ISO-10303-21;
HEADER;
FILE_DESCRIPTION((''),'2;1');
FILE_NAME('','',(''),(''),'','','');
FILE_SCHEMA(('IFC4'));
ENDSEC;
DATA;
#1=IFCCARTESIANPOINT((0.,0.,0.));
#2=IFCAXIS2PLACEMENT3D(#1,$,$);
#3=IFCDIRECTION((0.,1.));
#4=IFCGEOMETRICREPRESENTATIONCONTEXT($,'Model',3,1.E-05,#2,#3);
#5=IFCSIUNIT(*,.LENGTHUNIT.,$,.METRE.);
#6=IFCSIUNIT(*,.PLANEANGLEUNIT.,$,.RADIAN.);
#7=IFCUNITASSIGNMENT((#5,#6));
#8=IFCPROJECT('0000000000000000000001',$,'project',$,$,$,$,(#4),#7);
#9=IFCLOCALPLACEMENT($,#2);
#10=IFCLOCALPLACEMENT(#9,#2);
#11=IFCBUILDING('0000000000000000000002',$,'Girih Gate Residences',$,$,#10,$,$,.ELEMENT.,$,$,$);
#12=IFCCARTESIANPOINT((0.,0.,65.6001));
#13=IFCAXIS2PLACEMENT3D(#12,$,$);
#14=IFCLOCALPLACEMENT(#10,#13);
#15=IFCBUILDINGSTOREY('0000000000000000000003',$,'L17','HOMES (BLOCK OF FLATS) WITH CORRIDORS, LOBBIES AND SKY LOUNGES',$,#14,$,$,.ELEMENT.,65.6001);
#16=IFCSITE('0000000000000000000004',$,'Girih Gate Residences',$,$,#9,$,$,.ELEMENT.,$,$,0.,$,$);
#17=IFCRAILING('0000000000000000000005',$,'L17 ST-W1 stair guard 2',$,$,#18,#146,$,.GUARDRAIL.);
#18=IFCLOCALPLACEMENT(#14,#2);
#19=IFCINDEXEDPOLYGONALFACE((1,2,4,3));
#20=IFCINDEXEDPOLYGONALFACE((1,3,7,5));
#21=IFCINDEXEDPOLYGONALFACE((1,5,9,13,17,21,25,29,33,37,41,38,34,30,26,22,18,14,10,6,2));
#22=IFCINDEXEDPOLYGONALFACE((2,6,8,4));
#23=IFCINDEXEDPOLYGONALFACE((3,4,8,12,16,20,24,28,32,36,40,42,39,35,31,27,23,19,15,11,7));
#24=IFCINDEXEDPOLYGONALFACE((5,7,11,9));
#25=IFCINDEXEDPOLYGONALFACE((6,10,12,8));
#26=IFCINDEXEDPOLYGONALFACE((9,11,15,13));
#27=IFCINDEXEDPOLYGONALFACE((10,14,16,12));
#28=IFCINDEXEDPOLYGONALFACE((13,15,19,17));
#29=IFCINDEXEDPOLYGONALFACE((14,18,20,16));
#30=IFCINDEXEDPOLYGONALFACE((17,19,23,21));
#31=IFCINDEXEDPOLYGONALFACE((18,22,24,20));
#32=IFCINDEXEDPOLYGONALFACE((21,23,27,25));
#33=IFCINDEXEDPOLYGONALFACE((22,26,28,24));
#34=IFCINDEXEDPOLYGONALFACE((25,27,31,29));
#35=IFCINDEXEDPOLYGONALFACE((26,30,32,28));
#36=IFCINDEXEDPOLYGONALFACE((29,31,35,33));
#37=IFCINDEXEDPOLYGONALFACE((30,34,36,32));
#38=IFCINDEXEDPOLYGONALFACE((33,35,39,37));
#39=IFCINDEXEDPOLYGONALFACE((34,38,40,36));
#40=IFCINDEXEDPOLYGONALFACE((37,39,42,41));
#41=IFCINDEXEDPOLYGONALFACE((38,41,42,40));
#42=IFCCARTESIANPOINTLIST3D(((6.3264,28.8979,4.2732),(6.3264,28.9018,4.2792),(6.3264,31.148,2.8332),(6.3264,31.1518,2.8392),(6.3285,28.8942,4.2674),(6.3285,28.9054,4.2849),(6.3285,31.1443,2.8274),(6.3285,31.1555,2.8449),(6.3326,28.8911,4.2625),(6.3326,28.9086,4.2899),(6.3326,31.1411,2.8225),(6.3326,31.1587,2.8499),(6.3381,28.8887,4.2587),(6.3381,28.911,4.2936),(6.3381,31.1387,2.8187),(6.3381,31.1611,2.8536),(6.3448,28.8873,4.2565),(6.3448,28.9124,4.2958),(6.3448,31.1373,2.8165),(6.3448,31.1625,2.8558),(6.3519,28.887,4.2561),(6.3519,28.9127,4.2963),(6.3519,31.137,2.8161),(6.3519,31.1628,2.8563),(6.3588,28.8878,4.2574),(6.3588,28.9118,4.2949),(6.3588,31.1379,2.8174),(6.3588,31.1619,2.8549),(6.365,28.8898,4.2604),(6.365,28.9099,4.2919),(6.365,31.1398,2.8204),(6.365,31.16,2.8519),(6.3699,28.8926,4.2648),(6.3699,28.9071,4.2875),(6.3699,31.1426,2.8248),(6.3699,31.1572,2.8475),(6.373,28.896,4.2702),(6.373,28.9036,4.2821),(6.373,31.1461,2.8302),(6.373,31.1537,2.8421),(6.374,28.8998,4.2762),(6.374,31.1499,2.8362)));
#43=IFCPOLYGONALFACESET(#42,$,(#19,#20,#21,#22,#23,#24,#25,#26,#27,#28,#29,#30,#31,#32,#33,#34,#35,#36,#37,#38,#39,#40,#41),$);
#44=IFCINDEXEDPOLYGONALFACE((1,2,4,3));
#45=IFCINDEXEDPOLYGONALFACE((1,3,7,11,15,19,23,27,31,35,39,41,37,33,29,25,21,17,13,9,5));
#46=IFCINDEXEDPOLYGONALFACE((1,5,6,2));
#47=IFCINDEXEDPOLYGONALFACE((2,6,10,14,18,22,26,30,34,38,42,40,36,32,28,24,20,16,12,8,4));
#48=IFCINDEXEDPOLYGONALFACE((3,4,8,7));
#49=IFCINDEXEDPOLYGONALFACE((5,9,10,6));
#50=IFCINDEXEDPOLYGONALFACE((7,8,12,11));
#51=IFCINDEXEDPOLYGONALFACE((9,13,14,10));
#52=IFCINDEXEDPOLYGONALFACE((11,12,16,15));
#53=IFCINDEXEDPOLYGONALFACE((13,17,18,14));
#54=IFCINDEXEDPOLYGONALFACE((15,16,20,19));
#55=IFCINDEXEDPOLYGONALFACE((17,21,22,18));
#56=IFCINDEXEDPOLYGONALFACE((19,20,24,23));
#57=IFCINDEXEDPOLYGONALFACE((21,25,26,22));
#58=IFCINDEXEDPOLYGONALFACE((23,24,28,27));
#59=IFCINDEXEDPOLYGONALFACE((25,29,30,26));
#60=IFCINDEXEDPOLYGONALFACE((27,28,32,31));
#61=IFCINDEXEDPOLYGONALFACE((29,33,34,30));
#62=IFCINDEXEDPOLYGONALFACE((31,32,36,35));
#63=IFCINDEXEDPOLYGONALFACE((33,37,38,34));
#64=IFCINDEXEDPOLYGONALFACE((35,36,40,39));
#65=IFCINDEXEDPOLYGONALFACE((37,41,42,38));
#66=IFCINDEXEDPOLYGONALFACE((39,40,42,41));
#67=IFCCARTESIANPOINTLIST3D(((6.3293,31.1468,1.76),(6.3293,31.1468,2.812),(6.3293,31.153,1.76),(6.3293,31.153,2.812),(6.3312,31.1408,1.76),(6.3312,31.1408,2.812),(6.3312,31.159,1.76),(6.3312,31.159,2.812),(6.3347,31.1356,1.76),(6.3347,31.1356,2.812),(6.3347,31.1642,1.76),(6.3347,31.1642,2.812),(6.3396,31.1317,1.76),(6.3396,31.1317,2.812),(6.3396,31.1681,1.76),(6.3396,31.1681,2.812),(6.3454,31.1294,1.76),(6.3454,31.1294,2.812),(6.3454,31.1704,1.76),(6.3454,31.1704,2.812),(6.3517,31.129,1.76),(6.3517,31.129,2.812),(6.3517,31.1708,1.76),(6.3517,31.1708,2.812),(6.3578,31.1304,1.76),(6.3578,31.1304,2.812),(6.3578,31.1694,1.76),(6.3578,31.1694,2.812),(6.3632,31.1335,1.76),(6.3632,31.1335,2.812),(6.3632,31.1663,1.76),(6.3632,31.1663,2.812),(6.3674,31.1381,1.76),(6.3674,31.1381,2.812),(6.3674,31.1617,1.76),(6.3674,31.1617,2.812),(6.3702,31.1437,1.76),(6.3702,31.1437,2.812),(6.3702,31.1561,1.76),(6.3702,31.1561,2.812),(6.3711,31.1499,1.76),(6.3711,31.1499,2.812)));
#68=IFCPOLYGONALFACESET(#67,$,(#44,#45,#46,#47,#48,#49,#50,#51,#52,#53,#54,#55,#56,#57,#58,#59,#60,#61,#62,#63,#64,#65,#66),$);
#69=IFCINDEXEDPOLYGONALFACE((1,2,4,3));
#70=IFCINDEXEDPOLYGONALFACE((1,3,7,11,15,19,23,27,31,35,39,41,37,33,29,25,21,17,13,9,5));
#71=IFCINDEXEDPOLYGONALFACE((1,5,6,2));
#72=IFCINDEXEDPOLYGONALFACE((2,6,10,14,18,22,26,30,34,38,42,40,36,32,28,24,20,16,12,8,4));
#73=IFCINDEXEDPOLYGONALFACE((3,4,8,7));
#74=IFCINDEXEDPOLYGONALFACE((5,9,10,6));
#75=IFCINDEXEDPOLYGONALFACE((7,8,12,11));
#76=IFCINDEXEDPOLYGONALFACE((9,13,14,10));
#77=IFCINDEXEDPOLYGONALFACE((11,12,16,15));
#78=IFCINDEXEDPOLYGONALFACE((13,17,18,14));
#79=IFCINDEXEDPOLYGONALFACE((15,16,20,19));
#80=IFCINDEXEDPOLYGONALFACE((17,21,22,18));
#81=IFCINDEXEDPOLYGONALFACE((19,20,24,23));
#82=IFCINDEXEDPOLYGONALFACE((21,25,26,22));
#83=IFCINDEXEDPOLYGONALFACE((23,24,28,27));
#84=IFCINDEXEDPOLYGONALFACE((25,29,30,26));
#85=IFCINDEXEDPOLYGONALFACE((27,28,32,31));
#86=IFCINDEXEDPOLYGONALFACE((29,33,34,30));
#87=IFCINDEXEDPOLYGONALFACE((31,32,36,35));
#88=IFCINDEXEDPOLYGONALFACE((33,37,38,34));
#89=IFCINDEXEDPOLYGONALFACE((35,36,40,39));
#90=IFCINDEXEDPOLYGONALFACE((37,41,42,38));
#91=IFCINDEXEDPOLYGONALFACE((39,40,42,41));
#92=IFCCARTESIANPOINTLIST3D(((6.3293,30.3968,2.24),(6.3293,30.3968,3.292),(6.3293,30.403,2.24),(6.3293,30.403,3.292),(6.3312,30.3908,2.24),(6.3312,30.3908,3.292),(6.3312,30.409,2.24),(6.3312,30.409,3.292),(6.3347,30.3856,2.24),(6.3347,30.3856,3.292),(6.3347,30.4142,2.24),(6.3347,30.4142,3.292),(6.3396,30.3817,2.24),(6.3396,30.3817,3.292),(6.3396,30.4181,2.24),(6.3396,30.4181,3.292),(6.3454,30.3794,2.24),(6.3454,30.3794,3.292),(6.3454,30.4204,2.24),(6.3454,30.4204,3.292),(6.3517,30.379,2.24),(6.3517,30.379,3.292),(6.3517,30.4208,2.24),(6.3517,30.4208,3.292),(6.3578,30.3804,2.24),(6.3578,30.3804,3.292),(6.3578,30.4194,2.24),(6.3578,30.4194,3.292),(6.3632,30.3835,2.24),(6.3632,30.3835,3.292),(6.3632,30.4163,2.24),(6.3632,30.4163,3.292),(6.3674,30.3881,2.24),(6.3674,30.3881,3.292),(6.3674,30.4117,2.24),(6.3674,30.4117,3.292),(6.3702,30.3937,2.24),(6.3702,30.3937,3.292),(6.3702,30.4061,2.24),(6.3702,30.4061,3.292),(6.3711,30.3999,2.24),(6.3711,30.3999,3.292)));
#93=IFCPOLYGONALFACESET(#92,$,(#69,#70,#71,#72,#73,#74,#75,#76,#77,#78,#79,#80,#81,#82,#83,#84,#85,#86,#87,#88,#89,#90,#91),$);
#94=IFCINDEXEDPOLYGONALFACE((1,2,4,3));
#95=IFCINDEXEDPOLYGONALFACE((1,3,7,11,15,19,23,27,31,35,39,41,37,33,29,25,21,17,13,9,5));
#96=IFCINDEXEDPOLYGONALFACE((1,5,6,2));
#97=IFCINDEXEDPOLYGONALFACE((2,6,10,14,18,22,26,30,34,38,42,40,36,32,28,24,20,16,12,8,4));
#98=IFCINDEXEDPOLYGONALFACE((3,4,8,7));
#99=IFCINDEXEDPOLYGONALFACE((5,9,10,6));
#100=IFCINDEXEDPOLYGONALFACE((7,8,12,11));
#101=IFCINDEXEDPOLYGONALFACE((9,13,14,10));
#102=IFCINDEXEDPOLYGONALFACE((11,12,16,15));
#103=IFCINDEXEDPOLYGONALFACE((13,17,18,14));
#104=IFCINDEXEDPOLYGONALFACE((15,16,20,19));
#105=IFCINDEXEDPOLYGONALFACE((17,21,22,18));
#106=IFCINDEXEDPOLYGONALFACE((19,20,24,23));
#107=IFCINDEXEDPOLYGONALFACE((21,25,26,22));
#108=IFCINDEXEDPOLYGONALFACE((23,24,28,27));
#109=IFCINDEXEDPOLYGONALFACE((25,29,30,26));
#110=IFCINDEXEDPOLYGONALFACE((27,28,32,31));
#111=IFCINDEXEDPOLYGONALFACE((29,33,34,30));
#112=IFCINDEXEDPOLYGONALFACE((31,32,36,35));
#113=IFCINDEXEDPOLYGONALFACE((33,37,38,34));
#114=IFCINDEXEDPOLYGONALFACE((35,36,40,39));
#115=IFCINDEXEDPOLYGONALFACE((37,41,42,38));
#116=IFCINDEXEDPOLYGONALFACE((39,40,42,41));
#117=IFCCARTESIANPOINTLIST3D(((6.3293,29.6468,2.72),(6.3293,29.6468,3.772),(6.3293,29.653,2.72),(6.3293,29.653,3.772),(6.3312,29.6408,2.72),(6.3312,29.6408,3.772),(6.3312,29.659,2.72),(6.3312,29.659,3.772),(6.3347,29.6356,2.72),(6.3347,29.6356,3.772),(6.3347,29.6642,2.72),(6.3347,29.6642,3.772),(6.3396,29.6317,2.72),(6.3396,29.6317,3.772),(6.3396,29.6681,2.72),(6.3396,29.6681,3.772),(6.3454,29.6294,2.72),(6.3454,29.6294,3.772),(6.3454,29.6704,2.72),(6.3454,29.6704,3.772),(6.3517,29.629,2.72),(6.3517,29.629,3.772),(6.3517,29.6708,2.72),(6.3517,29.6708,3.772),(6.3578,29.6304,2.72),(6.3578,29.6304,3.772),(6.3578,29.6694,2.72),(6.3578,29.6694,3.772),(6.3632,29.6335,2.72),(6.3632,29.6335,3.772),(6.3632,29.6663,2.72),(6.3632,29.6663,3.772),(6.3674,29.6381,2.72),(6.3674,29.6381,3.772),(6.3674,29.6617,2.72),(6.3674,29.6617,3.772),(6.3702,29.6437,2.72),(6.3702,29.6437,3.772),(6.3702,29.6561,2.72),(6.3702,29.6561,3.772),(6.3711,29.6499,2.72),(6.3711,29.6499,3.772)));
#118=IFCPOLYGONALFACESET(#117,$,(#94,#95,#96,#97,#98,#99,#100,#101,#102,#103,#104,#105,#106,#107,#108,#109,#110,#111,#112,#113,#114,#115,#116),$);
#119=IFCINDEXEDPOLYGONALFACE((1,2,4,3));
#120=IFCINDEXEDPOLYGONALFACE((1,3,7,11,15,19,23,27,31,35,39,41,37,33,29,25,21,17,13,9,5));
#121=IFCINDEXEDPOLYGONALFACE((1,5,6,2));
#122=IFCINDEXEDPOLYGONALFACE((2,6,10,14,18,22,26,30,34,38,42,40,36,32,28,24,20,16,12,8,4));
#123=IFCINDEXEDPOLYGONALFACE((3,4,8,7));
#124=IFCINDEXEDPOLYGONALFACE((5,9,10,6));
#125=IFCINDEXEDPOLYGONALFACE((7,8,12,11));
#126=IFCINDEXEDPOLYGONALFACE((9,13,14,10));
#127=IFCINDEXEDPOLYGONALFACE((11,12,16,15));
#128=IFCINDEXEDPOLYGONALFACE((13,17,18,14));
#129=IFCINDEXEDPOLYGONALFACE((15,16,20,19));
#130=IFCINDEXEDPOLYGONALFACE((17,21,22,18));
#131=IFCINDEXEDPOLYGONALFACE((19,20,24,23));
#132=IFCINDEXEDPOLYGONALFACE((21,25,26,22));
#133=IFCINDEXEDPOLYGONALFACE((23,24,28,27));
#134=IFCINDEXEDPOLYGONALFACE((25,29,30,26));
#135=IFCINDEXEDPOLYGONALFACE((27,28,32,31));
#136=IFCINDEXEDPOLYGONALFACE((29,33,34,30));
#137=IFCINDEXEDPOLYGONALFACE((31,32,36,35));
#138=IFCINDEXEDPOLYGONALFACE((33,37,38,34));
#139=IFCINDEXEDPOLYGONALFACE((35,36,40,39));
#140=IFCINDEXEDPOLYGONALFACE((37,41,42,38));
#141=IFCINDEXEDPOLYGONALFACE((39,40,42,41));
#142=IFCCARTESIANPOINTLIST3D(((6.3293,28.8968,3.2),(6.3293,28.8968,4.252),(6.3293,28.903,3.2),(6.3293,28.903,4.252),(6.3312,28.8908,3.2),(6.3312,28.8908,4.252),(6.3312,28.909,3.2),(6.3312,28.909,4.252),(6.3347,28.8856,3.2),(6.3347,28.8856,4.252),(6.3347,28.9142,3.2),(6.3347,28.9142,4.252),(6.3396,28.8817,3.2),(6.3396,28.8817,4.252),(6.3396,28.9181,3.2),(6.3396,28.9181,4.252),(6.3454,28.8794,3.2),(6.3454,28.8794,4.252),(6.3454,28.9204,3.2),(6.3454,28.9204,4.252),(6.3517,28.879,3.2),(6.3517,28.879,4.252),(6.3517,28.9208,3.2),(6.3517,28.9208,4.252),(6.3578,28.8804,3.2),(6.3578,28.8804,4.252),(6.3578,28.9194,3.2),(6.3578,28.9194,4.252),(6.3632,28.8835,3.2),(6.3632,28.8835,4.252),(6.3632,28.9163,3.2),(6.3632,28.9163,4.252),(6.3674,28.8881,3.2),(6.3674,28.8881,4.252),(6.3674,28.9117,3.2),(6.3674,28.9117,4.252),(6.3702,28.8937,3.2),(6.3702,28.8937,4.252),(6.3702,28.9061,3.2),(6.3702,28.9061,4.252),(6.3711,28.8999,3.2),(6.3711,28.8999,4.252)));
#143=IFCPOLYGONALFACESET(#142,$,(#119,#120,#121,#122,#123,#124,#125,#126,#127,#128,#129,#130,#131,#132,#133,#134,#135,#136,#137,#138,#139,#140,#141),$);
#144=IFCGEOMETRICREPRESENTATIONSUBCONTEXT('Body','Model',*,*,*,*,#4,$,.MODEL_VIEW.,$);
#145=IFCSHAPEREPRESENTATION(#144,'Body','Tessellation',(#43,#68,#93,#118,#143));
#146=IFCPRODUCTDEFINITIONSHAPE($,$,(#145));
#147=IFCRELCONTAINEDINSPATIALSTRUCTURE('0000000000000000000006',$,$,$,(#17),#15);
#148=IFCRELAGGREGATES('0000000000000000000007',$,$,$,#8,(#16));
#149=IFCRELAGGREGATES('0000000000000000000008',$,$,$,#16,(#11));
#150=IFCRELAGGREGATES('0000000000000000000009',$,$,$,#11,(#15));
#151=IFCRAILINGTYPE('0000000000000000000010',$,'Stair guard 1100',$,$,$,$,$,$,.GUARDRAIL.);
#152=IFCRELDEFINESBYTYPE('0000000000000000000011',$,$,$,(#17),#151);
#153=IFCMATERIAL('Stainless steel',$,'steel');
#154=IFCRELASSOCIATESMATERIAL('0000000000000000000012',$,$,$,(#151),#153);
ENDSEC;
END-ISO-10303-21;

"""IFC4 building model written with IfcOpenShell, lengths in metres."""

from ifc_helpers import new_model, si_unit, direction, frame, origin, origin_2d, place, context, subcontext, project, spatial, circle, extrude, material, type_object, element, save


model = new_model("IFC4")

# Units and contexts
model_context = context("Model", 3, precision=1e-05, world=origin(), true_north=direction((0.0, 1.0)))
body_context = subcontext(model_context, "Body", "Model", "MODEL_VIEW")
ifc_project = project(units=[si_unit("LENGTHUNIT", "METRE"), si_unit("PLANEANGLEUNIT", "RADIAN")], contexts=[model_context])

# Site, building, storey
site_placement = place(None, origin())
site = spatial("IfcSite", under=ifc_project, at=site_placement, Name="Girih Gate Residences", CompositionType="ELEMENT", RefElevation=0.0)
building_placement = place(site_placement, origin())
building = spatial("IfcBuilding", under=site, at=building_placement, Name="Girih Gate Residences", CompositionType="ELEMENT")
storey_placement = place(building_placement, frame((0.0, 0.0, 65.6001)))
storey = spatial("IfcBuildingStorey", under=building, at=storey_placement, Name="L17", Description="HOMES (BLOCK OF FLATS) WITH CORRIDORS, LOBBIES AND SKY LOUNGES", CompositionType="ELEMENT", Elevation=65.6001)

# Shared definitions
ifc_material_1 = material(Name="Stainless steel", Category="steel")

# Railing
railing_type_1 = type_object("IfcRailingType", Name="Stair guard 1100", PredefinedType="GUARDRAIL", material=ifc_material_1)
railing_1_placement = place(storey_placement, frame((6.3501, 31.1499, 1.76)))
element("IfcRailing", 1, at=railing_1_placement, inside=storey, type_object=railing_type_1, Name="L17 ST-W1 stair guard 2", PredefinedType="GUARDRAIL", context=body_context, shape_type="SweptSolid", body=[
    extrude(circle(Radius=0.0239, at=origin_2d()), frame((0.0, 0.0, 1.0762), z_axis=(0.0, -0.842281, 0.539038), x_axis=(1.0, 0.0, 0.0)), (0.0, 0.0, 1.0), 2.6714),
    extrude(circle(Radius=0.021, at=origin_2d()), origin(), (0.0, 0.0, 1.0), 1.052),
    extrude(circle(Radius=0.021, at=origin_2d()), frame((0.0, -0.75, 0.48)), (0.0, 0.0, 1.0), 1.052),
    extrude(circle(Radius=0.021, at=origin_2d()), frame((0.0, -1.5, 0.96)), (0.0, 0.0, 1.0), 1.052),
    extrude(circle(Radius=0.021, at=origin_2d()), frame((0.0, -2.25, 1.4399)), (0.0, 0.0, 1.0), 1.052),
])

save(model, "model.ifc")
